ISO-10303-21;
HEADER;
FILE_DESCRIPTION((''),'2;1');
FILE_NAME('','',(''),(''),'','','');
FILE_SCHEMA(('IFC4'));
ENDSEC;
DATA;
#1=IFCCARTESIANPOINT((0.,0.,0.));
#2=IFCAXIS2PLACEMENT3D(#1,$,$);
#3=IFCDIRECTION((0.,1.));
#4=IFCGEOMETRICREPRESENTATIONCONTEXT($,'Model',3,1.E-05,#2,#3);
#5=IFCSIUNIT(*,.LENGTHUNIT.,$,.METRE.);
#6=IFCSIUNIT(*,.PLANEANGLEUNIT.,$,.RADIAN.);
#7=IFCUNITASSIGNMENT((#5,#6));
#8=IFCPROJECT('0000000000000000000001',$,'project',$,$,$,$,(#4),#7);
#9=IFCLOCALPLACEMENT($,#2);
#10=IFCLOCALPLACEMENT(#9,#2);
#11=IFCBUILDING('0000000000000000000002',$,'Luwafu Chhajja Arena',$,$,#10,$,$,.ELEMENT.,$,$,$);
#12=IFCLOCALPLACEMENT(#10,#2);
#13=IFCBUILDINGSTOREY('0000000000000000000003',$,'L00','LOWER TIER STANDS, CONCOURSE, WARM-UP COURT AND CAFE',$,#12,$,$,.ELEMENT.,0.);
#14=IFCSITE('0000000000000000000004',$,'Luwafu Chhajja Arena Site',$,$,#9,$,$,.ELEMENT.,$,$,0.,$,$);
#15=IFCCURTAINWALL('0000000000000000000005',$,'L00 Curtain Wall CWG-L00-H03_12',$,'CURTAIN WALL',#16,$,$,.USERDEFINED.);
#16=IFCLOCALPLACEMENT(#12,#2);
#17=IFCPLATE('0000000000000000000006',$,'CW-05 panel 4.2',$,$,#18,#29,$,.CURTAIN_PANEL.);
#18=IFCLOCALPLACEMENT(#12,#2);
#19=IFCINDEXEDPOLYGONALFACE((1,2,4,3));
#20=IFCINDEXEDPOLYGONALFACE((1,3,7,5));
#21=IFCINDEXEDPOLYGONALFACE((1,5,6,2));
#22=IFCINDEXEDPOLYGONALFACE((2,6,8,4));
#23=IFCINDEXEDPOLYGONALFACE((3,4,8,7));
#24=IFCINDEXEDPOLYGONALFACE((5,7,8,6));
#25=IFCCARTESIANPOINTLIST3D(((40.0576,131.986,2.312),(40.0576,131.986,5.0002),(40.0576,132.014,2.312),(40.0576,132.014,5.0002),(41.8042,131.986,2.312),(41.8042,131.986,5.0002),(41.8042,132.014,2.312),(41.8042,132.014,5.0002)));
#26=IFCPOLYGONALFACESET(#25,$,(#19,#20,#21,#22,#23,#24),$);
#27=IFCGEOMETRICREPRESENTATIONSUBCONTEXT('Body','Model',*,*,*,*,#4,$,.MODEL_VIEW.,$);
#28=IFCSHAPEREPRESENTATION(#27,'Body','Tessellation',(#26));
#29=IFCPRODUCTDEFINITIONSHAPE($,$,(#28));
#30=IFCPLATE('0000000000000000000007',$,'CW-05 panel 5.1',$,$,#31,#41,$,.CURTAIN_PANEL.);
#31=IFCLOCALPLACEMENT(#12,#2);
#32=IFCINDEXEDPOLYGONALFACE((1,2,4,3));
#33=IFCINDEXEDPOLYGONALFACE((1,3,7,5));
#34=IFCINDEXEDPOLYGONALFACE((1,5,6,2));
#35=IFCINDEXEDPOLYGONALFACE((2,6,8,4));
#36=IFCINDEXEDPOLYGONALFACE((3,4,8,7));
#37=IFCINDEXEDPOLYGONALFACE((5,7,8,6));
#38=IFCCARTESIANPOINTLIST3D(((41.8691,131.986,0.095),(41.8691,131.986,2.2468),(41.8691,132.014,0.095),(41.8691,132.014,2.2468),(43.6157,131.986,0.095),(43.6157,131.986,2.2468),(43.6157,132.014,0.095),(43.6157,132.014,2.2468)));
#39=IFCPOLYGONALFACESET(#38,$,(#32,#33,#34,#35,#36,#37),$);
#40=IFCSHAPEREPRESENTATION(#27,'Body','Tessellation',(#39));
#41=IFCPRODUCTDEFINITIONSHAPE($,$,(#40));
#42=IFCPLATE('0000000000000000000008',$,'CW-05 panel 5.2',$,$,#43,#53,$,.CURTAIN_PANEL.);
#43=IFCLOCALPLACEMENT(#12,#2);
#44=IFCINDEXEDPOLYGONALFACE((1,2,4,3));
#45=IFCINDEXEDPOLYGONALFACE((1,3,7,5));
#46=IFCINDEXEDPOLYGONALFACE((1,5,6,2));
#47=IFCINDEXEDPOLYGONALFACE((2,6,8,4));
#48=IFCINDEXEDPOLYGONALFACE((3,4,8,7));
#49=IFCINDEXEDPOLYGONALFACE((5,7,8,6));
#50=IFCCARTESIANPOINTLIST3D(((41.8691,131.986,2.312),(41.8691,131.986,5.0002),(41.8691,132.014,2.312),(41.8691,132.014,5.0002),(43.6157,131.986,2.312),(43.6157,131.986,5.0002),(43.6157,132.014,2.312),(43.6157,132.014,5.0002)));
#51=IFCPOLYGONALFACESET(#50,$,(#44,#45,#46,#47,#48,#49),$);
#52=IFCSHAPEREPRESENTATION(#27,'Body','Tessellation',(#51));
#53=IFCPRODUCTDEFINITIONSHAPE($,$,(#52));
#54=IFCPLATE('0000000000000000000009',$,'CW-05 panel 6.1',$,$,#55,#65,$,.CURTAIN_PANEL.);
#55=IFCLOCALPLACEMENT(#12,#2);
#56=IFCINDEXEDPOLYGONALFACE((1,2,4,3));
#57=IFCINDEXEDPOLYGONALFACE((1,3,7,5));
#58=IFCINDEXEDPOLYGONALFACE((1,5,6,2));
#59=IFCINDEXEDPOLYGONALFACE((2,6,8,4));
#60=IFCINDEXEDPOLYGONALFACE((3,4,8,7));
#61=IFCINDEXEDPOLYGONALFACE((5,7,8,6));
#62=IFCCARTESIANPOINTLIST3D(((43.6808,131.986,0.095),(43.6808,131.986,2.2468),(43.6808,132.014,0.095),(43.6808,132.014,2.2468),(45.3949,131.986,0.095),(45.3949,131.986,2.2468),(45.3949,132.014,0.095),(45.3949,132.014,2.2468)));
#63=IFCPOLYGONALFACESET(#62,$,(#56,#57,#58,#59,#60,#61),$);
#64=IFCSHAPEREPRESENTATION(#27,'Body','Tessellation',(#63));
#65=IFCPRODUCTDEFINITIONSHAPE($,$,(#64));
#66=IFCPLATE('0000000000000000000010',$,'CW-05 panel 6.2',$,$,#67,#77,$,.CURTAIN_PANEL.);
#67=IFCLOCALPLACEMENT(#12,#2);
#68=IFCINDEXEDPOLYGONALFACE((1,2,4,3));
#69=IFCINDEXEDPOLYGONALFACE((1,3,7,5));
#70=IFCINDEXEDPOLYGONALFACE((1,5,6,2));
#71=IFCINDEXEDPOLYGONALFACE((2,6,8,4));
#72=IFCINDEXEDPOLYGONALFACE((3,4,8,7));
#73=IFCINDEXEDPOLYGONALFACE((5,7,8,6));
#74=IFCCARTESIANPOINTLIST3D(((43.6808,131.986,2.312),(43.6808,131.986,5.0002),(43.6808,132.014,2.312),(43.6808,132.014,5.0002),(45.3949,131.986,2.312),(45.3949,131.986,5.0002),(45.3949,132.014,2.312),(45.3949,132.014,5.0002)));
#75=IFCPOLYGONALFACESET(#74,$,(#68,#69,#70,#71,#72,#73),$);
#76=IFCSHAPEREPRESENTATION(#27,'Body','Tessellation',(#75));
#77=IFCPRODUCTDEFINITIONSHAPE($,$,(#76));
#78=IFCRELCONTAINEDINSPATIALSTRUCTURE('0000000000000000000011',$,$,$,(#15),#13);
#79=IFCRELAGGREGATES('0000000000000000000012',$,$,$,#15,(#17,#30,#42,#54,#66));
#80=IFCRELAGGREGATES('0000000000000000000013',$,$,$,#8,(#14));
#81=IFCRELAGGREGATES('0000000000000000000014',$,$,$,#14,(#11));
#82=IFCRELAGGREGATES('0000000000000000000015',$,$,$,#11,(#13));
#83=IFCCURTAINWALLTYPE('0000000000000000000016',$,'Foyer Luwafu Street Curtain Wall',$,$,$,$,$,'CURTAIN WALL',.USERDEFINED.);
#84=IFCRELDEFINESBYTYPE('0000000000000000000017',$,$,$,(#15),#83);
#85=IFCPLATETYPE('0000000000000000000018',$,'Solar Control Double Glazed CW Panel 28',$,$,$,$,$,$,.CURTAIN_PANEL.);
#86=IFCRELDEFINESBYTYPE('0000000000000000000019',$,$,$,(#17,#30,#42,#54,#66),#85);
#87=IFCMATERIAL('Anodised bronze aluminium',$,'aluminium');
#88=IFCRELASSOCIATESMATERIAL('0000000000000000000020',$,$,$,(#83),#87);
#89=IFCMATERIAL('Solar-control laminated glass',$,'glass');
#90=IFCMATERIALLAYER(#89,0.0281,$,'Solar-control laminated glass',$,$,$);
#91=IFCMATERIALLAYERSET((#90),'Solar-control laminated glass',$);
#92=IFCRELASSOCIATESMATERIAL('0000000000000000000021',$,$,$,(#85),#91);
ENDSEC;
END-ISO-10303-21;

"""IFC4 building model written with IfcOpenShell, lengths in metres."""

from ifc_helpers import new_model, si_unit, direction, frame, origin, origin_2d, place, context, subcontext, project, spatial, rectangle, extrude, material, layer, layer_set, type_object, element, aggregate, save


model = new_model("IFC4")

# Units and contexts
model_context = context("Model", 3, precision=1e-05, world=origin(), true_north=direction((0.0, 1.0)))
body_context = subcontext(model_context, "Body", "Model", "MODEL_VIEW")
ifc_project = project(units=[si_unit("LENGTHUNIT", "METRE"), si_unit("PLANEANGLEUNIT", "RADIAN")], contexts=[model_context])

# Site, building, storey
site_placement = place(None, origin())
site = spatial("IfcSite", under=ifc_project, at=site_placement, Name="Luwafu Chhajja Arena Site", CompositionType="ELEMENT", RefElevation=0.0)
building_placement = place(site_placement, origin())
building = spatial("IfcBuilding", under=site, at=building_placement, Name="Luwafu Chhajja Arena", CompositionType="ELEMENT")
storey_placement = place(building_placement, origin())
storey = spatial("IfcBuildingStorey", under=building, at=storey_placement, Name="L00", Description="LOWER TIER STANDS, CONCOURSE, WARM-UP COURT AND CAFE", CompositionType="ELEMENT", Elevation=0.0)

# Curtain wall, plates
ifc_material_1 = material(Name="Anodised bronze aluminium", Category="aluminium")
curtain_wall_type = type_object("IfcCurtainWallType", Name="Foyer Luwafu Street Curtain Wall", ElementType="CURTAIN WALL", PredefinedType="USERDEFINED", material=ifc_material_1)
curtain_wall_placement = place(storey_placement, origin())
curtain_wall = element("IfcCurtainWall", 1, at=curtain_wall_placement, inside=storey, type_object=curtain_wall_type, Name="L00 Curtain Wall CWG-L00-H03_12", ObjectType="CURTAIN WALL", PredefinedType="USERDEFINED")
ifc_material_2 = material(Name="Solar-control laminated glass", Category="glass")
ifc_layer_1 = layer(ifc_material_2, 0.0281, Name="Solar-control laminated glass")
ifc_layer_set_1 = layer_set([ifc_layer_1], Name="Solar-control laminated glass")
plate_type = type_object("IfcPlateType", Name="Solar Control Double Glazed CW Panel 28", PredefinedType="CURTAIN_PANEL", material=ifc_layer_set_1)
plate_1_placement = place(storey_placement, frame((40.9309, 132.0, 2.312), z_axis=(0.0, 0.0, 1.0), x_axis=(1.0, 0.0, 0.0)))
plate_1 = element("IfcPlate", 2, at=plate_1_placement, type_object=plate_type, Name="CW-05 panel 4.2", PredefinedType="CURTAIN_PANEL", context=body_context, shape_type="SweptSolid", body=[
    extrude(rectangle(XDim=1.7466, YDim=0.0281, at=origin_2d()), origin(), (0.0, 0.0, 1.0), 2.6882),
])
plate_2_placement = place(storey_placement, frame((42.7424, 132.0, 0.095), z_axis=(0.0, 0.0, 1.0), x_axis=(1.0, 0.0, 0.0)))
plate_2 = element("IfcPlate", 3, at=plate_2_placement, type_object=plate_type, Name="CW-05 panel 5.1", PredefinedType="CURTAIN_PANEL", context=body_context, shape_type="SweptSolid", body=[
    extrude(rectangle(XDim=1.7466, YDim=0.0281, at=origin_2d()), origin(), (0.0, 0.0, 1.0), 2.1519),
])
plate_3_placement = place(storey_placement, frame((42.7424, 132.0, 2.312), z_axis=(0.0, 0.0, 1.0), x_axis=(1.0, 0.0, 0.0)))
plate_3 = element("IfcPlate", 4, at=plate_3_placement, type_object=plate_type, Name="CW-05 panel 5.2", PredefinedType="CURTAIN_PANEL", context=body_context, shape_type="SweptSolid", body=[
    extrude(rectangle(XDim=1.7466, YDim=0.0281, at=origin_2d()), origin(), (0.0, 0.0, 1.0), 2.6882),
])
plate_4_placement = place(storey_placement, frame((44.5378, 132.0, 0.095), z_axis=(0.0, 0.0, 1.0), x_axis=(1.0, 0.0, 0.0)))
plate_4 = element("IfcPlate", 5, at=plate_4_placement, type_object=plate_type, Name="CW-05 panel 6.1", PredefinedType="CURTAIN_PANEL", context=body_context, shape_type="SweptSolid", body=[
    extrude(rectangle(XDim=1.7141, YDim=0.0281, at=origin_2d()), origin(), (0.0, 0.0, 1.0), 2.1519),
])
plate_5_placement = place(storey_placement, frame((44.5378, 132.0, 2.312), z_axis=(0.0, 0.0, 1.0), x_axis=(1.0, 0.0, 0.0)))
plate_5 = element("IfcPlate", 6, at=plate_5_placement, type_object=plate_type, Name="CW-05 panel 6.2", PredefinedType="CURTAIN_PANEL", context=body_context, shape_type="SweptSolid", body=[
    extrude(rectangle(XDim=1.7141, YDim=0.0281, at=origin_2d()), origin(), (0.0, 0.0, 1.0), 2.6882),
])
aggregate(curtain_wall, [plate_1, plate_2, plate_3, plate_4, plate_5])

save(model, "model.ifc")
